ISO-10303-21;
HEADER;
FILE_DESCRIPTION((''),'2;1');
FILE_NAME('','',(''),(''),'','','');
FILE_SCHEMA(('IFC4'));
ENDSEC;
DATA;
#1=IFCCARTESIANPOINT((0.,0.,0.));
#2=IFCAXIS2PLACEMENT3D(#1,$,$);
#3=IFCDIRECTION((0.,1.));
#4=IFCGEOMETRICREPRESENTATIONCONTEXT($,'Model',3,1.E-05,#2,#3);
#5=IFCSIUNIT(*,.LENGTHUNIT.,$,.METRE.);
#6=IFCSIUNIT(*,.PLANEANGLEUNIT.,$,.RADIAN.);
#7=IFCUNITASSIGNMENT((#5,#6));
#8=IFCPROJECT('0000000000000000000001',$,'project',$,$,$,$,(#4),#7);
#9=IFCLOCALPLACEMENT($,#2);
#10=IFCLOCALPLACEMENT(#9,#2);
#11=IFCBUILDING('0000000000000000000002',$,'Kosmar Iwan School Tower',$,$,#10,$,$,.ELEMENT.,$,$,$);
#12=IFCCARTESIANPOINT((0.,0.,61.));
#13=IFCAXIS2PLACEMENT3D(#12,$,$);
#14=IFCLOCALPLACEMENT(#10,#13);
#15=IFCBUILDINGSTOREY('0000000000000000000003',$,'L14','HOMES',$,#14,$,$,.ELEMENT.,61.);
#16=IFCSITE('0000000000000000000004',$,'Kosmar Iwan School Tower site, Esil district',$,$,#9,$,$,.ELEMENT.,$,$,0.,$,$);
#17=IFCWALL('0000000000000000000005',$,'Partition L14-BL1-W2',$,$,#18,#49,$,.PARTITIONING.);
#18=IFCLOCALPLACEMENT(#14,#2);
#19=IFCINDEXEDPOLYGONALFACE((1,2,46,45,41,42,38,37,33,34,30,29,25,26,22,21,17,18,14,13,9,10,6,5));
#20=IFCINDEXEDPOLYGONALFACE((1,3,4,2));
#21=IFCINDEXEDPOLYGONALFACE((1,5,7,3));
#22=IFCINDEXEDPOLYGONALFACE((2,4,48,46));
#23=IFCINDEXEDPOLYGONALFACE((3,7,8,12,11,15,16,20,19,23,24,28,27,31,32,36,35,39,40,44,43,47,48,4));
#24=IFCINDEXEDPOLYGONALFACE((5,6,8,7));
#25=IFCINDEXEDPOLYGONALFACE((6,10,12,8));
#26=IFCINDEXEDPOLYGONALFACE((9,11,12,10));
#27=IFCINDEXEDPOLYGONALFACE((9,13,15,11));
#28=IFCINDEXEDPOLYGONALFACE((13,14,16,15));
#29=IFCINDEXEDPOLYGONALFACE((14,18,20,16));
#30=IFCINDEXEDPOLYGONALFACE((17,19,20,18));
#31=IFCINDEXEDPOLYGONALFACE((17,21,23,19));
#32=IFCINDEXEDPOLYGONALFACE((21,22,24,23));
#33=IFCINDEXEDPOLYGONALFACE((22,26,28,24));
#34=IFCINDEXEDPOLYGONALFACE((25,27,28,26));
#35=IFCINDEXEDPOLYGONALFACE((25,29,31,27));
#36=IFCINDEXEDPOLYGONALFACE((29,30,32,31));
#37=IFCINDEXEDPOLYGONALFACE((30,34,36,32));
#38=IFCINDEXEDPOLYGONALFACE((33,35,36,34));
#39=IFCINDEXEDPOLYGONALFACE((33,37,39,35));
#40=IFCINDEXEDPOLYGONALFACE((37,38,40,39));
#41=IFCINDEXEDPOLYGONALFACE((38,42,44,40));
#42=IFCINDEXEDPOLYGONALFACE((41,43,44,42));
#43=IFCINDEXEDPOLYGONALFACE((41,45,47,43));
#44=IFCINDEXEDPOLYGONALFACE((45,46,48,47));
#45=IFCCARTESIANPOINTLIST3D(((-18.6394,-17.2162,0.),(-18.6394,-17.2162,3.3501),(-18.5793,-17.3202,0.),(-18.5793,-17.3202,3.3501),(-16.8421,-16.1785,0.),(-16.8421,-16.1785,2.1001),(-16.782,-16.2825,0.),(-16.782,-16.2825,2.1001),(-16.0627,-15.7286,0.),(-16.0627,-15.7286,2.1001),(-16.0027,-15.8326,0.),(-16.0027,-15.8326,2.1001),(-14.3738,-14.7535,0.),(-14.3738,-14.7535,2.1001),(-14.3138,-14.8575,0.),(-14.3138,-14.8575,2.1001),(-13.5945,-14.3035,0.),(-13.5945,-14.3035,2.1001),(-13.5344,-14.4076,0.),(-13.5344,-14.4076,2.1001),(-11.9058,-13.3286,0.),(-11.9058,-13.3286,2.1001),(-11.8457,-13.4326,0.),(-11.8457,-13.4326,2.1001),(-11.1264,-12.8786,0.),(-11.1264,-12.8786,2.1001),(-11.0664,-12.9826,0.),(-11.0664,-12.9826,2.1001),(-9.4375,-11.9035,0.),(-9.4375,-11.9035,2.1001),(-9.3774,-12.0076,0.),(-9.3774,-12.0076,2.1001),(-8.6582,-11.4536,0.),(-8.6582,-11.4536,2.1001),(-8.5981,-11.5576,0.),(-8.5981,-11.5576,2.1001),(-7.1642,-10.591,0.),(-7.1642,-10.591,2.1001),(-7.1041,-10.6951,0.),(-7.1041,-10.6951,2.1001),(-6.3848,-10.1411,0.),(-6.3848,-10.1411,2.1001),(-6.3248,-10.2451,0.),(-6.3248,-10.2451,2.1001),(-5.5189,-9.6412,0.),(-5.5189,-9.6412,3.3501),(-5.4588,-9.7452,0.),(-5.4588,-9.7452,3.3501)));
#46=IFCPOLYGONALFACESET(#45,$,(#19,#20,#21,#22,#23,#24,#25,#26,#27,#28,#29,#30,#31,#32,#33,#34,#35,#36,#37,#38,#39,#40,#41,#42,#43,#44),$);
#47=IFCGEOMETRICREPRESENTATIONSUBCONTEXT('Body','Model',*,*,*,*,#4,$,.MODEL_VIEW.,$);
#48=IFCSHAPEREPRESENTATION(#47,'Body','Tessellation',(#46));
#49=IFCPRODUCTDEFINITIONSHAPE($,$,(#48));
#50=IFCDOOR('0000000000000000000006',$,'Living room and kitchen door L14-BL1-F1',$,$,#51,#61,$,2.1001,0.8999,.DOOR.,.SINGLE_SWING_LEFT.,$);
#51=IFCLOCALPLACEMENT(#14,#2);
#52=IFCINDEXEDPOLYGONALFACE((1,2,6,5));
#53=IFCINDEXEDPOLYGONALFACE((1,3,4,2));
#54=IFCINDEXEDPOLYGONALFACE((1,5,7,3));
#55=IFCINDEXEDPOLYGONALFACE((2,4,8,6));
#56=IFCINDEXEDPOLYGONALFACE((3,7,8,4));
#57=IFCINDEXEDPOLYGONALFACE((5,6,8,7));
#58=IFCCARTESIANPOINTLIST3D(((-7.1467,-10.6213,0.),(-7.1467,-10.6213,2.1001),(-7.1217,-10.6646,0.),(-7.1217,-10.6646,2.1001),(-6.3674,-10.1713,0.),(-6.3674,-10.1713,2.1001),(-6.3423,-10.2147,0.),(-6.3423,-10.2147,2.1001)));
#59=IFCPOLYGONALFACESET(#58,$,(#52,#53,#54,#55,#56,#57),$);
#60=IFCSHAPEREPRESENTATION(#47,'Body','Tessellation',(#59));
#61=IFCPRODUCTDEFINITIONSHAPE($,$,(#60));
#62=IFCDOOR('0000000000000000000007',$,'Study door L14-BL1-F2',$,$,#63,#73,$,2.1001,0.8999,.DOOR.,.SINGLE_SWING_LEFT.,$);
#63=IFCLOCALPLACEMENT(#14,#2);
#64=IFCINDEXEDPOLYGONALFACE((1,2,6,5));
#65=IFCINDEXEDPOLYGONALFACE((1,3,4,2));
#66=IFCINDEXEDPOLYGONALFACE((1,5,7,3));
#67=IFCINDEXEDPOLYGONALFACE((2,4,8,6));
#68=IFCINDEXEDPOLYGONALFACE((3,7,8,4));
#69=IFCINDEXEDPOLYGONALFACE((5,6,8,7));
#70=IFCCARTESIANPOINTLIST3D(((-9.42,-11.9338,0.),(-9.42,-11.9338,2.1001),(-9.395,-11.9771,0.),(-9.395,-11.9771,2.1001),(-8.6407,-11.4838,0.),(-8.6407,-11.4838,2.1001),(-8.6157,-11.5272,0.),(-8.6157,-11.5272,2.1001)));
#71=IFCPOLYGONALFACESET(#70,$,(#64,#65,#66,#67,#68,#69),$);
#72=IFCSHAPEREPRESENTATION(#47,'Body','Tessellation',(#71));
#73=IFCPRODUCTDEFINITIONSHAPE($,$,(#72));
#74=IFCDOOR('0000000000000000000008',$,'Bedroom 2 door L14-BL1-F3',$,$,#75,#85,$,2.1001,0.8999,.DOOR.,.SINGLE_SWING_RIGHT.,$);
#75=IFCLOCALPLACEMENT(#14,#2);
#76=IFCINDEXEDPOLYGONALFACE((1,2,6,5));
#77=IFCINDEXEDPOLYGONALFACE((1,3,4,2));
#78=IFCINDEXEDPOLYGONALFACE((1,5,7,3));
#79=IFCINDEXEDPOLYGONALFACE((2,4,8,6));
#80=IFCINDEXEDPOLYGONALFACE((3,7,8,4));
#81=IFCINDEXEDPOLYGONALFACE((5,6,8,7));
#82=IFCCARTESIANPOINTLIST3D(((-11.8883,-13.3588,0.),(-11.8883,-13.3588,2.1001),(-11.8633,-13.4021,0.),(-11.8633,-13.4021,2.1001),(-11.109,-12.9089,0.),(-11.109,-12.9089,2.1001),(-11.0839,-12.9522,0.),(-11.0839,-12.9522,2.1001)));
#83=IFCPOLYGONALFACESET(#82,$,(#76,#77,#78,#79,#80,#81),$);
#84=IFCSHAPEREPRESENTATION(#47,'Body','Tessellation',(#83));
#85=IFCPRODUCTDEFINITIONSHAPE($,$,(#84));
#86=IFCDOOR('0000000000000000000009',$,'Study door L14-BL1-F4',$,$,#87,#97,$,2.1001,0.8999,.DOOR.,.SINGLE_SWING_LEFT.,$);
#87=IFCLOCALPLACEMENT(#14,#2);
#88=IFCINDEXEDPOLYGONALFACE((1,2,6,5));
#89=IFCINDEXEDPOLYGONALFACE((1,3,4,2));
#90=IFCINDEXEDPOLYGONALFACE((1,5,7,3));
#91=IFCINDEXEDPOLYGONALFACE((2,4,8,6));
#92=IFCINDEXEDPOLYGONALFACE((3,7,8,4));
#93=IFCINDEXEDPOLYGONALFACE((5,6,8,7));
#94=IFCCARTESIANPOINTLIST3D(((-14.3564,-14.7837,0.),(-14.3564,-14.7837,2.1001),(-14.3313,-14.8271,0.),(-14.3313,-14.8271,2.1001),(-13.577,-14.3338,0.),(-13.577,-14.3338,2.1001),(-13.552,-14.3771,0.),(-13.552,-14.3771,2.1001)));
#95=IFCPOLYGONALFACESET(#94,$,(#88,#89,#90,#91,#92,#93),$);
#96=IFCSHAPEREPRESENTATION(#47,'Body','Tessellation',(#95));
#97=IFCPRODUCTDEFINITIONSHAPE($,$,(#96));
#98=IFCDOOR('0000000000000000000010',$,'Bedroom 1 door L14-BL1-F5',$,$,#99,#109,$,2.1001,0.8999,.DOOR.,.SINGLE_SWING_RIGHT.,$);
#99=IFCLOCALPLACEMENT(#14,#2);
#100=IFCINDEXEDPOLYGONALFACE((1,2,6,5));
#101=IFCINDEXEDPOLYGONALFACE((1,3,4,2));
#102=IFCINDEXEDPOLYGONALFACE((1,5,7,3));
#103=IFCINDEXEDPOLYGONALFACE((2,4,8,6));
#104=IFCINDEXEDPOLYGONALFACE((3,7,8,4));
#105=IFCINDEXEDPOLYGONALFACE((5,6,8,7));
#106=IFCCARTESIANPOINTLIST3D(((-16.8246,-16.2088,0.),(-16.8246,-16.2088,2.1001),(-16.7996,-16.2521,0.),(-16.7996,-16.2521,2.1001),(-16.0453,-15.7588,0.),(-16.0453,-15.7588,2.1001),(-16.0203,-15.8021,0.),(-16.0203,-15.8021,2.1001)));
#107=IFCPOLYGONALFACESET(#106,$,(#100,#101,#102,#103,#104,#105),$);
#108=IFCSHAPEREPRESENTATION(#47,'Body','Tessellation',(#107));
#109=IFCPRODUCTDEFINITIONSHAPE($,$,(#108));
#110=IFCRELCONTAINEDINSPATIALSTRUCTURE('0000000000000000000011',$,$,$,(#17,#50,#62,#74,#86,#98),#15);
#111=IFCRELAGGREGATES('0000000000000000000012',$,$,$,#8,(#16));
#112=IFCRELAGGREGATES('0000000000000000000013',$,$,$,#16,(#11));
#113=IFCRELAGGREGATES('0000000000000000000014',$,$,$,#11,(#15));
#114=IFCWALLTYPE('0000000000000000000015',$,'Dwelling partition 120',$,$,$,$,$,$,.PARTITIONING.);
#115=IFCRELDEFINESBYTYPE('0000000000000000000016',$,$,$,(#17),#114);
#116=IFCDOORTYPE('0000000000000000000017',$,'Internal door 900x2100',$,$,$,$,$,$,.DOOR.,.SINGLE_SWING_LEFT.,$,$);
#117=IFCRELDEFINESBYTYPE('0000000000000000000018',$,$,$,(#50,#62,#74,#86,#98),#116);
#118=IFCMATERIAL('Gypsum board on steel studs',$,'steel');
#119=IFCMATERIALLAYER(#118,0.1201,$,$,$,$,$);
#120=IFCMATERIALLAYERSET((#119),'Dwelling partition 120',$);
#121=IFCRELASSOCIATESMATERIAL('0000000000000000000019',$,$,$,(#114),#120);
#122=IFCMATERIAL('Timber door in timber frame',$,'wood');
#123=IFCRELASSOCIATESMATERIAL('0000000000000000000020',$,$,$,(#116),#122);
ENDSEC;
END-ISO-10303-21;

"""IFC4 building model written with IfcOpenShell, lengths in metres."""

from ifc_helpers import new_model, si_unit, direction, frame, frame_2d, origin, place, context, subcontext, project, spatial, rectangle, extrude, material, layer, layer_set, type_object, element, fill, save


model = new_model("IFC4")

# Units and contexts
model_context = context("Model", 3, precision=1e-05, world=origin(), true_north=direction((0.0, 1.0)))
body_context = subcontext(model_context, "Body", "Model", "MODEL_VIEW")
ifc_project = project(units=[si_unit("LENGTHUNIT", "METRE"), si_unit("PLANEANGLEUNIT", "RADIAN")], contexts=[model_context])

# Site, building, storey
site_placement = place(None, origin())
site = spatial("IfcSite", under=ifc_project, at=site_placement, Name="Kosmar Iwan School Tower site, Esil district", CompositionType="ELEMENT", RefElevation=0.0)
building_placement = place(site_placement, origin())
building = spatial("IfcBuilding", under=site, at=building_placement, Name="Kosmar Iwan School Tower", CompositionType="ELEMENT")
storey_placement = place(building_placement, frame((0.0, 0.0, 61.0)))
storey = spatial("IfcBuildingStorey", under=building, at=storey_placement, Name="L14", Description="HOMES", CompositionType="ELEMENT", Elevation=61.0)

# Wall, openings, doors
ifc_material_1 = material(Name="Gypsum board on steel studs", Category="steel")
ifc_layer = layer(ifc_material_1, 0.1201)
ifc_layer_set = layer_set([ifc_layer], Name="Dwelling partition 120")
wall_type = type_object("IfcWallType", Name="Dwelling partition 120", PredefinedType="PARTITIONING", material=ifc_layer_set)
wall_placement = place(storey_placement, frame((-5.4888, -9.6931, 0.0), z_axis=(0.0, 0.0, 1.0), x_axis=(-0.866028, -0.499995, 0.0)))
wall = element("IfcWall", 1, at=wall_placement, inside=storey, type_object=wall_type, Name="Partition L14-BL1-W2", PredefinedType="PARTITIONING", context=body_context, shape_type="SweptSolid", body=[
    extrude(rectangle(XDim=15.1501, YDim=0.1201, at=frame_2d((7.5752, 0.0))), origin(), (0.0, 0.0, 1.0), 3.3501),
])
opening_1_placement = place(wall_placement, frame((1.0, 0.0, 0.0)))
opening_1 = element("IfcOpeningElement", 2, at=opening_1_placement, cuts=wall, PredefinedType="OPENING", context=body_context, shape_type="SweptSolid", body=[
    extrude(rectangle(XDim=0.8999, YDim=2.1001, at=frame_2d((0.45, 1.05))), frame((0.0, 0.072, 0.0), z_axis=(0.0, -1.0, 0.0), x_axis=(1.0, 0.0, 0.0)), (0.0, 0.0, 1.0), 0.144),
])
opening_2_placement = place(wall_placement, frame((3.625, 0.0, 0.0)))
opening_2 = element("IfcOpeningElement", 3, at=opening_2_placement, cuts=wall, PredefinedType="OPENING", context=body_context, shape_type="SweptSolid", body=[
    extrude(rectangle(XDim=0.8999, YDim=2.1001, at=frame_2d((0.45, 1.05))), frame((0.0, 0.072, 0.0), z_axis=(0.0, -1.0, 0.0), x_axis=(1.0, 0.0, 0.0)), (0.0, 0.0, 1.0), 0.144),
])
opening_3_placement = place(wall_placement, frame((6.4751, 0.0, 0.0)))
opening_3 = element("IfcOpeningElement", 4, at=opening_3_placement, cuts=wall, PredefinedType="OPENING", context=body_context, shape_type="SweptSolid", body=[
    extrude(rectangle(XDim=0.8999, YDim=2.1001, at=frame_2d((0.45, 1.05))), frame((0.0, 0.072, 0.0), z_axis=(0.0, -1.0, 0.0), x_axis=(1.0, 0.0, 0.0)), (0.0, 0.0, 1.0), 0.144),
])
opening_4_placement = place(wall_placement, frame((9.325, 0.0, 0.0)))
opening_4 = element("IfcOpeningElement", 5, at=opening_4_placement, cuts=wall, PredefinedType="OPENING", context=body_context, shape_type="SweptSolid", body=[
    extrude(rectangle(XDim=0.8999, YDim=2.1001, at=frame_2d((0.45, 1.05))), frame((0.0, 0.072, 0.0), z_axis=(0.0, -1.0, 0.0), x_axis=(1.0, 0.0, 0.0)), (0.0, 0.0, 1.0), 0.144),
])
opening_5_placement = place(wall_placement, frame((12.175, 0.0, 0.0)))
opening_5 = element("IfcOpeningElement", 6, at=opening_5_placement, cuts=wall, PredefinedType="OPENING", context=body_context, shape_type="SweptSolid", body=[
    extrude(rectangle(XDim=0.8999, YDim=2.1001, at=frame_2d((0.45, 1.05))), frame((0.0, 0.072, 0.0), z_axis=(0.0, -1.0, 0.0), x_axis=(1.0, 0.0, 0.0)), (0.0, 0.0, 1.0), 0.144),
])
ifc_material_2 = material(Name="Timber door in timber frame", Category="wood")
door_type = type_object("IfcDoorType", Name="Internal door 900x2100", OperationType="SINGLE_SWING_LEFT", PredefinedType="DOOR", material=ifc_material_2)
door_1_placement = place(opening_1_placement, origin())
door_1 = element("IfcDoor", 7, at=door_1_placement, inside=storey, type_object=door_type, Name="Living room and kitchen door L14-BL1-F1", OperationType="SINGLE_SWING_LEFT", OverallHeight=2.1001, OverallWidth=0.8999, PredefinedType="DOOR", context=body_context, shape_type="SweptSolid", body=[
    extrude(rectangle(XDim=0.8999, YDim=2.1001, at=frame_2d((0.45, 1.05))), frame((0.0, 0.0249, 0.0), z_axis=(0.0, -1.0, 0.0), x_axis=(1.0, 0.0, 0.0)), (0.0, 0.0, 1.0), 0.05),
])
fill(opening_1, door_1)
door_2_placement = place(opening_2_placement, origin())
door_2 = element("IfcDoor", 8, at=door_2_placement, inside=storey, type_object=door_type, Name="Study door L14-BL1-F2", OperationType="SINGLE_SWING_LEFT", OverallHeight=2.1001, OverallWidth=0.8999, PredefinedType="DOOR", context=body_context, shape_type="SweptSolid", body=[
    extrude(rectangle(XDim=0.8999, YDim=2.1001, at=frame_2d((0.45, 1.05))), frame((0.0, 0.0249, 0.0), z_axis=(0.0, -1.0, 0.0), x_axis=(1.0, 0.0, 0.0)), (0.0, 0.0, 1.0), 0.05),
])
fill(opening_2, door_2)
door_3_placement = place(opening_3_placement, origin())
door_3 = element("IfcDoor", 9, at=door_3_placement, inside=storey, type_object=door_type, Name="Bedroom 2 door L14-BL1-F3", OperationType="SINGLE_SWING_RIGHT", OverallHeight=2.1001, OverallWidth=0.8999, PredefinedType="DOOR", context=body_context, shape_type="SweptSolid", body=[
    extrude(rectangle(XDim=0.8999, YDim=2.1001, at=frame_2d((0.45, 1.05))), frame((0.0, 0.0249, 0.0), z_axis=(0.0, -1.0, 0.0), x_axis=(1.0, 0.0, 0.0)), (0.0, 0.0, 1.0), 0.05),
])
fill(opening_3, door_3)
door_4_placement = place(opening_4_placement, origin())
door_4 = element("IfcDoor", 10, at=door_4_placement, inside=storey, type_object=door_type, Name="Study door L14-BL1-F4", OperationType="SINGLE_SWING_LEFT", OverallHeight=2.1001, OverallWidth=0.8999, PredefinedType="DOOR", context=body_context, shape_type="SweptSolid", body=[
    extrude(rectangle(XDim=0.8999, YDim=2.1001, at=frame_2d((0.45, 1.05))), frame((0.0, 0.0249, 0.0), z_axis=(0.0, -1.0, 0.0), x_axis=(1.0, 0.0, 0.0)), (0.0, 0.0, 1.0), 0.05),
])
fill(opening_4, door_4)
door_5_placement = place(opening_5_placement, origin())
door_5 = element("IfcDoor", 11, at=door_5_placement, inside=storey, type_object=door_type, Name="Bedroom 1 door L14-BL1-F5", OperationType="SINGLE_SWING_RIGHT", OverallHeight=2.1001, OverallWidth=0.8999, PredefinedType="DOOR", context=body_context, shape_type="SweptSolid", body=[
    extrude(rectangle(XDim=0.8999, YDim=2.1001, at=frame_2d((0.45, 1.05))), frame((0.0, 0.0249, 0.0), z_axis=(0.0, -1.0, 0.0), x_axis=(1.0, 0.0, 0.0)), (0.0, 0.0, 1.0), 0.05),
])
fill(opening_5, door_5)

save(model, "model.ifc")
